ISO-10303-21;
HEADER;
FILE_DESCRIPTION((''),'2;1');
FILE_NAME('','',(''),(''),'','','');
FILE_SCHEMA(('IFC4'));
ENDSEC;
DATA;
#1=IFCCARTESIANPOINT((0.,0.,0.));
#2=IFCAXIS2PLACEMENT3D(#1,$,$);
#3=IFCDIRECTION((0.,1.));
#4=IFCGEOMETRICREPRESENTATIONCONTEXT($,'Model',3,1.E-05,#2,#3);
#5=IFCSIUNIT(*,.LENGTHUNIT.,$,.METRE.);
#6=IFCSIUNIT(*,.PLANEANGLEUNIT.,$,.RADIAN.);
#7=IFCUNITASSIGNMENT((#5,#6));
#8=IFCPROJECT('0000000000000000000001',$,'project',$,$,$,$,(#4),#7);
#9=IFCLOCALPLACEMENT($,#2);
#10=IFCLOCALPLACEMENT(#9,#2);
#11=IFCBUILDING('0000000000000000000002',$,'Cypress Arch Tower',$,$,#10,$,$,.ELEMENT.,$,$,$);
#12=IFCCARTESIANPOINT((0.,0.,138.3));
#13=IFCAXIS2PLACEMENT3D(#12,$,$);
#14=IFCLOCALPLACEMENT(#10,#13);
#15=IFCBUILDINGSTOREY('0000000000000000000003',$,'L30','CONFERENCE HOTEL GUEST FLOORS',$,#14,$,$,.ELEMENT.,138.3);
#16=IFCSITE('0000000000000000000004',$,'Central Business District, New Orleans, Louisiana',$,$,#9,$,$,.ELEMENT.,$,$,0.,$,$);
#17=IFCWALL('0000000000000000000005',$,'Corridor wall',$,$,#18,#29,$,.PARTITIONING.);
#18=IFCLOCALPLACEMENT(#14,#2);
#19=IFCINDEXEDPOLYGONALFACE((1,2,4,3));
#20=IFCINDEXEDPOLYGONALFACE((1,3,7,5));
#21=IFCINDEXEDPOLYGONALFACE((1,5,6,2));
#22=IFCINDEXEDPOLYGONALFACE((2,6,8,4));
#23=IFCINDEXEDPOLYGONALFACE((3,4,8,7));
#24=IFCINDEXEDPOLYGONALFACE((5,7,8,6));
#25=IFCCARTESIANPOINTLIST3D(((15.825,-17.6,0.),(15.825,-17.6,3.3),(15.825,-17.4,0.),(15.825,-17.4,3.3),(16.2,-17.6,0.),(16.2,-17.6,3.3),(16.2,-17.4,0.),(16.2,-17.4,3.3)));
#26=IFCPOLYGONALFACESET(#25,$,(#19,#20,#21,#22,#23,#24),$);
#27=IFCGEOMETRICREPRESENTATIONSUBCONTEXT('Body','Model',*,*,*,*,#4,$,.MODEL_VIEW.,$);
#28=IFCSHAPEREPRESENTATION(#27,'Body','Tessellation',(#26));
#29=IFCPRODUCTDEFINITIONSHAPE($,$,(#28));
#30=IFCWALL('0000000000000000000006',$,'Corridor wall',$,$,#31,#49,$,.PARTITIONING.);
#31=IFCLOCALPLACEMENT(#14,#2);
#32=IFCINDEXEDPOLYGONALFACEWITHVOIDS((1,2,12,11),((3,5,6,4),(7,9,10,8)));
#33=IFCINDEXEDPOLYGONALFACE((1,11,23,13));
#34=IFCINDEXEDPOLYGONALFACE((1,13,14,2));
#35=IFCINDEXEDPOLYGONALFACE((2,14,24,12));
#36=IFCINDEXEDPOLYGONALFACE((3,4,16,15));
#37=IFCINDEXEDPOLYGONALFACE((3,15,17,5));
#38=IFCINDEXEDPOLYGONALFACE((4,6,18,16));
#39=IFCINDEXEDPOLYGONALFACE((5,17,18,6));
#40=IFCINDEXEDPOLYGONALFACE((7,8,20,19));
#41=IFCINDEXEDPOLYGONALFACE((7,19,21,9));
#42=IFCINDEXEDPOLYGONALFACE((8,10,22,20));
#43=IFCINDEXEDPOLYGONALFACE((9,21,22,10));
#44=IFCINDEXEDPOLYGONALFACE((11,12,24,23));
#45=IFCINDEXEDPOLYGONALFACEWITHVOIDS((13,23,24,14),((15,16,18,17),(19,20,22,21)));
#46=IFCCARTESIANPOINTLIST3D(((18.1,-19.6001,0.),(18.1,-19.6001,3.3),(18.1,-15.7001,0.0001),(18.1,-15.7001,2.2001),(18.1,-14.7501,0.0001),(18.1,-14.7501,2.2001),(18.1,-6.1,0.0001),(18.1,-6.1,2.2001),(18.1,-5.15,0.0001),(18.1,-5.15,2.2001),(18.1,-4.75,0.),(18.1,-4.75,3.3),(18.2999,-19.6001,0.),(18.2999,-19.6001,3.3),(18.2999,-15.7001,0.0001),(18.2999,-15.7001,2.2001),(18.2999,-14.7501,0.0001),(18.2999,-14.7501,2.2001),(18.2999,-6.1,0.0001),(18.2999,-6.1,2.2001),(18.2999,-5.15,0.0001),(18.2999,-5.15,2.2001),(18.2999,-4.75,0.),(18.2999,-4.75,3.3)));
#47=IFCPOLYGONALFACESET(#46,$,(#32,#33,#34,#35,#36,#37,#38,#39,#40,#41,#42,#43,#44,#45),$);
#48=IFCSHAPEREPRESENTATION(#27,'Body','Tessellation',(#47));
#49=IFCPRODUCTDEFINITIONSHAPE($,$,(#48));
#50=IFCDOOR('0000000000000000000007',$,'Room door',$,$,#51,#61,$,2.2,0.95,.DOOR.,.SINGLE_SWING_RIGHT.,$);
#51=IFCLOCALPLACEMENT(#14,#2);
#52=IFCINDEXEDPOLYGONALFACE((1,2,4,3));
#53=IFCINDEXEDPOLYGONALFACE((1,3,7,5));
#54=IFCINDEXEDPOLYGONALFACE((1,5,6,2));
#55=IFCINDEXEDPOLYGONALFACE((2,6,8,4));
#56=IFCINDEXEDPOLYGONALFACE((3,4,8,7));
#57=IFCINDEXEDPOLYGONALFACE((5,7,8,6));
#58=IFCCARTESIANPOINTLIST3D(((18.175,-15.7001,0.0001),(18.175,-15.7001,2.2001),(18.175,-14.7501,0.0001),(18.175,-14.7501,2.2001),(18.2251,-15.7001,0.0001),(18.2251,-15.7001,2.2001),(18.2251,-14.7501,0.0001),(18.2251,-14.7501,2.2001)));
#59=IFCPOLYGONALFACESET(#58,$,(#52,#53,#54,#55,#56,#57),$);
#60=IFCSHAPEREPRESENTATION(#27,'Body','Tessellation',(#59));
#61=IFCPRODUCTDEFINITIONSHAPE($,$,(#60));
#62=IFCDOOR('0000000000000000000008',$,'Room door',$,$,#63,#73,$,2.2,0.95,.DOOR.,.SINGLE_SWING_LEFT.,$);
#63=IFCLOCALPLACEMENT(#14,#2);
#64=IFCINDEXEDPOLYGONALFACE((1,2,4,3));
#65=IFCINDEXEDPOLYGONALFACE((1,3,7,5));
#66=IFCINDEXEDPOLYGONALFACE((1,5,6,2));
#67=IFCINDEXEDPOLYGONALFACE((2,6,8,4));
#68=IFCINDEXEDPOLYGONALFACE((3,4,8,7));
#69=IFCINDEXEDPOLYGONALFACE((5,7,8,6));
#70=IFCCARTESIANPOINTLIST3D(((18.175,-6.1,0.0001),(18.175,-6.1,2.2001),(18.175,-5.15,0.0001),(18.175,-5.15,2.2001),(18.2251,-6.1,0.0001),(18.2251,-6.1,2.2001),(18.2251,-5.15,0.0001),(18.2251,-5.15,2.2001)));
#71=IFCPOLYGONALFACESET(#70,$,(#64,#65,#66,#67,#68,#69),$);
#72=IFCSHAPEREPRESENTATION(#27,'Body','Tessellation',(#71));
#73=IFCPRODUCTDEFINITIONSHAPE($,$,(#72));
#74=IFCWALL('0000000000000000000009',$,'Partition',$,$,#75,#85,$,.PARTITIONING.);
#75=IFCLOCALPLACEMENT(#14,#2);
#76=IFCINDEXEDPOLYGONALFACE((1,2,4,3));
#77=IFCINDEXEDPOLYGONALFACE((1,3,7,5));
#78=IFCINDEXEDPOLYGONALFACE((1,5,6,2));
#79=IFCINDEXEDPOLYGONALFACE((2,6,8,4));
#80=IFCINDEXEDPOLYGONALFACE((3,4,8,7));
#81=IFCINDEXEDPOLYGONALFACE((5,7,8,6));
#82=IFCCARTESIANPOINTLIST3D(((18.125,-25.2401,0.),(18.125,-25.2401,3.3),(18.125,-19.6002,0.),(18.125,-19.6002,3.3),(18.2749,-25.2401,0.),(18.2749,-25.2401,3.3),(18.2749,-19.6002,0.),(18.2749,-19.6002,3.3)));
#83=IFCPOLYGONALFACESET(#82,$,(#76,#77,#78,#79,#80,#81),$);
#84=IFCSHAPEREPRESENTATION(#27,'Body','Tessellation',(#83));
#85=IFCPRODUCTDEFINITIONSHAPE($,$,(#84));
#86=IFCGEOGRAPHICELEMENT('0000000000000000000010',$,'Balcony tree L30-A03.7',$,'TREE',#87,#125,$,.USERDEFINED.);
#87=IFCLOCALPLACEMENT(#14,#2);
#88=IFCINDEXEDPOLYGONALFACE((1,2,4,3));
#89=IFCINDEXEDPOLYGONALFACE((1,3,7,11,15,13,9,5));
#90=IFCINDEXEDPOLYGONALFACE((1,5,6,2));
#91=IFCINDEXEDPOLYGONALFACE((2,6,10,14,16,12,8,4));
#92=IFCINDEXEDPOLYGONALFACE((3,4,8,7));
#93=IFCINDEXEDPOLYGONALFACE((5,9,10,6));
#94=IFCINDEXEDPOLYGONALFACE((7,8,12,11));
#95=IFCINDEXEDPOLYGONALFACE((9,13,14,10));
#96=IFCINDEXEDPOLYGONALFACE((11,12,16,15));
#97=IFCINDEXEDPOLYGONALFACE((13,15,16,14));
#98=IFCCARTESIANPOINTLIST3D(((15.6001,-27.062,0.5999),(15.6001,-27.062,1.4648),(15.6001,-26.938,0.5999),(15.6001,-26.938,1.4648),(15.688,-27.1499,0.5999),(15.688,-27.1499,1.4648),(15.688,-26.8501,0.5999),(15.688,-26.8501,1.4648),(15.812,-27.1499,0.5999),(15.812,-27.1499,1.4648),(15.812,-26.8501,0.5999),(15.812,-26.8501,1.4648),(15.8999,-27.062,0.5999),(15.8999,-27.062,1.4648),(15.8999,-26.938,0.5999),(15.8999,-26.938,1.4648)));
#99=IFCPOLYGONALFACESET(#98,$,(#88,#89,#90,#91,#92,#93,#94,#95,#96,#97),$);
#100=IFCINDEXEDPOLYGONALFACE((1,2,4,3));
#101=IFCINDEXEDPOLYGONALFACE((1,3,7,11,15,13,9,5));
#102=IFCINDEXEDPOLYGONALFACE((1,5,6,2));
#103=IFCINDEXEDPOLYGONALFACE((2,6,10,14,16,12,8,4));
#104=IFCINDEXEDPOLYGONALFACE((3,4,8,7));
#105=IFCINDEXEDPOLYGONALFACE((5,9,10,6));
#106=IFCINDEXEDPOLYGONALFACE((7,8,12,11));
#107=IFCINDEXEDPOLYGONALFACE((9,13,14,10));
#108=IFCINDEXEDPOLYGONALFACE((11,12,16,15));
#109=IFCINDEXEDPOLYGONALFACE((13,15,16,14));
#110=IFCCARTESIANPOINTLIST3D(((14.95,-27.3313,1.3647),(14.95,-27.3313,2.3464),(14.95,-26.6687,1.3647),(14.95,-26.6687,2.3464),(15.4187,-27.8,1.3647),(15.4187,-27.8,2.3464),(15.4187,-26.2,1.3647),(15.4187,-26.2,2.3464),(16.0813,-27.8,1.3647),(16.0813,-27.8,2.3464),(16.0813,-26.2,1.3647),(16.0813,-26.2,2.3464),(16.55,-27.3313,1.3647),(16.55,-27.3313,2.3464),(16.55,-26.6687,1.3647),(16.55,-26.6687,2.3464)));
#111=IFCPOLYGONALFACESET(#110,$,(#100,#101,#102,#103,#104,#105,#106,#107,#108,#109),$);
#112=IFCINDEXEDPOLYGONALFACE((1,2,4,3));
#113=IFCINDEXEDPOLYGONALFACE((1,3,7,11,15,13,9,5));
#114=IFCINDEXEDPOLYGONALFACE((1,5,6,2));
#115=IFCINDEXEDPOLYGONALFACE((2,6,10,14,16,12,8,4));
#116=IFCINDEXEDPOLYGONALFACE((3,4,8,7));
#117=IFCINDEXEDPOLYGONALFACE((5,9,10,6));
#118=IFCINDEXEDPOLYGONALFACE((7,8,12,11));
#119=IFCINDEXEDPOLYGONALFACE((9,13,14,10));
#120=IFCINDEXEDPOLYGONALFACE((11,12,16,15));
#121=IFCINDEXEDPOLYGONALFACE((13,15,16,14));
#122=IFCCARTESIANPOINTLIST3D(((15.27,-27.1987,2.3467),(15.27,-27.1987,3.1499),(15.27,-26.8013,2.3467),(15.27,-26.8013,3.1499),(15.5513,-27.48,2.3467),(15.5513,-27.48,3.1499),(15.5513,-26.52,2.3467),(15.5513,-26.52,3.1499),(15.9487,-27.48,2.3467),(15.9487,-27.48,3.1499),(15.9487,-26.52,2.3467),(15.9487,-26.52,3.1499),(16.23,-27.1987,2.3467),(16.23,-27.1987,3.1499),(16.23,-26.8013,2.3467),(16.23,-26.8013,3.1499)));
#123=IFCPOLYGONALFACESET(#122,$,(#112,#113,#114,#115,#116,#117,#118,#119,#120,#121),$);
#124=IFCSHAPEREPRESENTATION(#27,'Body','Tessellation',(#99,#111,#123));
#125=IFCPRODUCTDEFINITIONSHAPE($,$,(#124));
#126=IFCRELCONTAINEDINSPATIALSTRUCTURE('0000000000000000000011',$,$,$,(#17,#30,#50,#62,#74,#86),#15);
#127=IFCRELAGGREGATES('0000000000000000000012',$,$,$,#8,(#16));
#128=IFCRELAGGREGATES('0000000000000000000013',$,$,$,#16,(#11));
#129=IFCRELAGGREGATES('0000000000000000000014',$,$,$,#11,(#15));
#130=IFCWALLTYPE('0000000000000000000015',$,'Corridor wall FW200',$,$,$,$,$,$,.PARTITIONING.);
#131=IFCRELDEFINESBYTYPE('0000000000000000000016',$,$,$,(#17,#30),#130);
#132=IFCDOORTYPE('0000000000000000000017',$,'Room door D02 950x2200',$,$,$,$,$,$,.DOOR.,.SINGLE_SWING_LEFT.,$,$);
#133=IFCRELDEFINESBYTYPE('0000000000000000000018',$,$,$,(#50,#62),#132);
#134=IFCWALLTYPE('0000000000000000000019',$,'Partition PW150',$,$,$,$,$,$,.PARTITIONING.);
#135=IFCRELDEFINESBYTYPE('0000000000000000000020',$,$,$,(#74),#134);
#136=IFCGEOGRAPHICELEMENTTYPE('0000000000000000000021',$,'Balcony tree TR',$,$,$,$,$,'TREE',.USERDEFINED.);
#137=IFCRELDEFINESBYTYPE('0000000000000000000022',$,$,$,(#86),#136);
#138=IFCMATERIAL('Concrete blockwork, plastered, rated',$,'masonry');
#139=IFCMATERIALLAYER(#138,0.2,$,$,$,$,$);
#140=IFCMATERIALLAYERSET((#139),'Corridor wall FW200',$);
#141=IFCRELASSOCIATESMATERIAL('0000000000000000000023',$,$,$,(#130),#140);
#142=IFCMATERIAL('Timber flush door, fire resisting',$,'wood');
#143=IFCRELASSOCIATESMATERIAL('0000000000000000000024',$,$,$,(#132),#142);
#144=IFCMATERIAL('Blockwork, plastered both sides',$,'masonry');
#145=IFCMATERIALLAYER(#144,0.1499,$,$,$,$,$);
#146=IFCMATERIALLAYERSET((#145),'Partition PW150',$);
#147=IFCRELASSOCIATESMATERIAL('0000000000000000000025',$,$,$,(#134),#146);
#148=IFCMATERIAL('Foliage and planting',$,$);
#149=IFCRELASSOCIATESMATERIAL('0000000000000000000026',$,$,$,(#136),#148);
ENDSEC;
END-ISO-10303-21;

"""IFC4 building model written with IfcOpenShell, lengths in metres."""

from ifc_helpers import new_model, si_unit, direction, frame, frame_2d, origin, place, context, subcontext, project, spatial, polyline, rectangle, outline, extrude, material, layer, layer_set, type_object, element, fill, save


model = new_model("IFC4")

# Units and contexts
model_context = context("Model", 3, precision=1e-05, world=origin(), true_north=direction((0.0, 1.0)))
body_context = subcontext(model_context, "Body", "Model", "MODEL_VIEW")
ifc_project = project(units=[si_unit("LENGTHUNIT", "METRE"), si_unit("PLANEANGLEUNIT", "RADIAN")], contexts=[model_context])

# Site, building, storey
site_placement = place(None, origin())
site = spatial("IfcSite", under=ifc_project, at=site_placement, Name="Central Business District, New Orleans, Louisiana", CompositionType="ELEMENT", RefElevation=0.0)
building_placement = place(site_placement, origin())
building = spatial("IfcBuilding", under=site, at=building_placement, Name="Cypress Arch Tower", CompositionType="ELEMENT")
storey_placement = place(building_placement, frame((0.0, 0.0, 138.3)))
storey = spatial("IfcBuildingStorey", under=building, at=storey_placement, Name="L30", Description="CONFERENCE HOTEL GUEST FLOORS", CompositionType="ELEMENT", Elevation=138.3)

# Wall
ifc_material_1 = material(Name="Concrete blockwork, plastered, rated", Category="masonry")
ifc_layer_1 = layer(ifc_material_1, 0.2)
ifc_layer_set_1 = layer_set([ifc_layer_1], Name="Corridor wall FW200")
wall_type_1 = type_object("IfcWallType", Name="Corridor wall FW200", PredefinedType="PARTITIONING", material=ifc_layer_set_1)
wall_1_placement = place(storey_placement, frame((15.825, -17.5, 0.0), z_axis=(0.0, 0.0, 1.0), x_axis=(1.0, 0.0, 0.0)))
element("IfcWall", 1, at=wall_1_placement, inside=storey, type_object=wall_type_1, Name="Corridor wall", PredefinedType="PARTITIONING", context=body_context, shape_type="SweptSolid", body=[
    extrude(rectangle(XDim=0.375, YDim=0.2, at=frame_2d((0.1875, 0.0))), origin(), (0.0, 0.0, 1.0), 3.3),
])

# Wall, openings, doors
wall_2_placement = place(storey_placement, frame((18.2, -19.6001, 0.0), z_axis=(0.0, 0.0, 1.0), x_axis=(0.0, 1.0, 0.0)))
wall_2 = element("IfcWall", 2, at=wall_2_placement, inside=storey, type_object=wall_type_1, Name="Corridor wall", PredefinedType="PARTITIONING", context=body_context, shape_type="SweptSolid", body=[
    extrude(rectangle(XDim=14.8501, YDim=0.2, at=frame_2d((7.425, 0.0))), origin(), (0.0, 0.0, 1.0), 3.3),
])
opening_1_placement = place(wall_2_placement, frame((3.8999, 0.0, 0.0)))
opening_1 = element("IfcOpeningElement", 3, at=opening_1_placement, cuts=wall_2, PredefinedType="OPENING", context=body_context, shape_type="SweptSolid", body=[
    extrude(rectangle(XDim=0.95, YDim=2.2, at=frame_2d((0.4751, 1.1001))), frame((0.0, 0.1099, 0.0), z_axis=(0.0, -1.0, 0.0), x_axis=(1.0, 0.0, 0.0)), (0.0, 0.0, 1.0), 0.22),
])
opening_2_placement = place(wall_2_placement, frame((13.5, 0.0, 0.0)))
opening_2 = element("IfcOpeningElement", 4, at=opening_2_placement, cuts=wall_2, PredefinedType="OPENING", context=body_context, shape_type="SweptSolid", body=[
    extrude(rectangle(XDim=0.95, YDim=2.2, at=frame_2d((0.4751, 1.1001))), frame((0.0, 0.1099, 0.0), z_axis=(0.0, -1.0, 0.0), x_axis=(1.0, 0.0, 0.0)), (0.0, 0.0, 1.0), 0.22),
])
ifc_material_2 = material(Name="Timber flush door, fire resisting", Category="wood")
door_type = type_object("IfcDoorType", Name="Room door D02 950x2200", OperationType="SINGLE_SWING_LEFT", PredefinedType="DOOR", material=ifc_material_2)
door_1_placement = place(opening_1_placement, origin())
door_1 = element("IfcDoor", 5, at=door_1_placement, inside=storey, type_object=door_type, Name="Room door", OperationType="SINGLE_SWING_RIGHT", OverallHeight=2.2, OverallWidth=0.95, PredefinedType="DOOR", context=body_context, shape_type="SweptSolid", body=[
    extrude(rectangle(XDim=0.95, YDim=2.2, at=frame_2d((0.4751, 1.1001))), frame((0.0, 0.0249, 0.0), z_axis=(0.0, -1.0, 0.0), x_axis=(1.0, 0.0, 0.0)), (0.0, 0.0, 1.0), 0.05),
])
fill(opening_1, door_1)
door_2_placement = place(opening_2_placement, origin())
door_2 = element("IfcDoor", 6, at=door_2_placement, inside=storey, type_object=door_type, Name="Room door", OperationType="SINGLE_SWING_LEFT", OverallHeight=2.2, OverallWidth=0.95, PredefinedType="DOOR", context=body_context, shape_type="SweptSolid", body=[
    extrude(rectangle(XDim=0.95, YDim=2.2, at=frame_2d((0.4751, 1.1001))), frame((0.0, 0.0249, 0.0), z_axis=(0.0, -1.0, 0.0), x_axis=(1.0, 0.0, 0.0)), (0.0, 0.0, 1.0), 0.05),
])
fill(opening_2, door_2)

# Wall
ifc_material_3 = material(Name="Blockwork, plastered both sides", Category="masonry")
ifc_layer_2 = layer(ifc_material_3, 0.1499)
ifc_layer_set_2 = layer_set([ifc_layer_2], Name="Partition PW150")
wall_type_2 = type_object("IfcWallType", Name="Partition PW150", PredefinedType="PARTITIONING", material=ifc_layer_set_2)
wall_3_placement = place(storey_placement, frame((18.2, -25.24, 0.0), z_axis=(0.0, 0.0, 1.0), x_axis=(0.0, 1.0, 0.0)))
element("IfcWall", 7, at=wall_3_placement, inside=storey, type_object=wall_type_2, Name="Partition", PredefinedType="PARTITIONING", context=body_context, shape_type="SweptSolid", body=[
    extrude(rectangle(XDim=5.6399, YDim=0.1499, at=frame_2d((2.8198, 0.0))), origin(), (0.0, 0.0, 1.0), 3.3),
])

# Geographic element
ifc_material_4 = material(Name="Foliage and planting")
geographic_element_type = type_object("IfcGeographicElementType", Name="Balcony tree TR", ElementType="TREE", PredefinedType="USERDEFINED", material=ifc_material_4)
geographic_element_placement = place(storey_placement, frame((15.75, -27.0, 0.5999), z_axis=(0.0, 0.0, 1.0), x_axis=(1.0, 0.0, 0.0)))
element("IfcGeographicElement", 8, at=geographic_element_placement, inside=storey, type_object=geographic_element_type, Name="Balcony tree L30-A03.7", ObjectType="TREE", PredefinedType="USERDEFINED", context=body_context, shape_type="SweptSolid", body=[
    extrude(outline(polyline([(0.1499, 0.062), (0.062, 0.1499), (-0.062, 0.1499), (-0.1499, 0.062), (-0.1499, -0.062), (-0.062, -0.1499), (0.062, -0.1499), (0.1499, -0.062), (0.1499, 0.062)])), origin(), (0.0, 0.0, 1.0), 0.865),
    extrude(outline(polyline([(0.8, 0.3313), (0.3313, 0.8), (-0.3313, 0.8), (-0.8, 0.3313), (-0.8, -0.3313), (-0.3313, -0.8), (0.3313, -0.8), (0.8, -0.3313), (0.8, 0.3313)])), frame((0.0, 0.0, 0.7649)), (0.0, 0.0, 1.0), 0.9817),
    extrude(outline(polyline([(0.48, 0.1987), (0.1987, 0.48), (-0.1987, 0.48), (-0.48, 0.1987), (-0.48, -0.1987), (-0.1987, -0.48), (0.1987, -0.48), (0.48, -0.1987), (0.48, 0.1987)])), frame((0.0, 0.0, 1.7468)), (0.0, 0.0, 1.0), 0.8032),
])

save(model, "model.ifc")
